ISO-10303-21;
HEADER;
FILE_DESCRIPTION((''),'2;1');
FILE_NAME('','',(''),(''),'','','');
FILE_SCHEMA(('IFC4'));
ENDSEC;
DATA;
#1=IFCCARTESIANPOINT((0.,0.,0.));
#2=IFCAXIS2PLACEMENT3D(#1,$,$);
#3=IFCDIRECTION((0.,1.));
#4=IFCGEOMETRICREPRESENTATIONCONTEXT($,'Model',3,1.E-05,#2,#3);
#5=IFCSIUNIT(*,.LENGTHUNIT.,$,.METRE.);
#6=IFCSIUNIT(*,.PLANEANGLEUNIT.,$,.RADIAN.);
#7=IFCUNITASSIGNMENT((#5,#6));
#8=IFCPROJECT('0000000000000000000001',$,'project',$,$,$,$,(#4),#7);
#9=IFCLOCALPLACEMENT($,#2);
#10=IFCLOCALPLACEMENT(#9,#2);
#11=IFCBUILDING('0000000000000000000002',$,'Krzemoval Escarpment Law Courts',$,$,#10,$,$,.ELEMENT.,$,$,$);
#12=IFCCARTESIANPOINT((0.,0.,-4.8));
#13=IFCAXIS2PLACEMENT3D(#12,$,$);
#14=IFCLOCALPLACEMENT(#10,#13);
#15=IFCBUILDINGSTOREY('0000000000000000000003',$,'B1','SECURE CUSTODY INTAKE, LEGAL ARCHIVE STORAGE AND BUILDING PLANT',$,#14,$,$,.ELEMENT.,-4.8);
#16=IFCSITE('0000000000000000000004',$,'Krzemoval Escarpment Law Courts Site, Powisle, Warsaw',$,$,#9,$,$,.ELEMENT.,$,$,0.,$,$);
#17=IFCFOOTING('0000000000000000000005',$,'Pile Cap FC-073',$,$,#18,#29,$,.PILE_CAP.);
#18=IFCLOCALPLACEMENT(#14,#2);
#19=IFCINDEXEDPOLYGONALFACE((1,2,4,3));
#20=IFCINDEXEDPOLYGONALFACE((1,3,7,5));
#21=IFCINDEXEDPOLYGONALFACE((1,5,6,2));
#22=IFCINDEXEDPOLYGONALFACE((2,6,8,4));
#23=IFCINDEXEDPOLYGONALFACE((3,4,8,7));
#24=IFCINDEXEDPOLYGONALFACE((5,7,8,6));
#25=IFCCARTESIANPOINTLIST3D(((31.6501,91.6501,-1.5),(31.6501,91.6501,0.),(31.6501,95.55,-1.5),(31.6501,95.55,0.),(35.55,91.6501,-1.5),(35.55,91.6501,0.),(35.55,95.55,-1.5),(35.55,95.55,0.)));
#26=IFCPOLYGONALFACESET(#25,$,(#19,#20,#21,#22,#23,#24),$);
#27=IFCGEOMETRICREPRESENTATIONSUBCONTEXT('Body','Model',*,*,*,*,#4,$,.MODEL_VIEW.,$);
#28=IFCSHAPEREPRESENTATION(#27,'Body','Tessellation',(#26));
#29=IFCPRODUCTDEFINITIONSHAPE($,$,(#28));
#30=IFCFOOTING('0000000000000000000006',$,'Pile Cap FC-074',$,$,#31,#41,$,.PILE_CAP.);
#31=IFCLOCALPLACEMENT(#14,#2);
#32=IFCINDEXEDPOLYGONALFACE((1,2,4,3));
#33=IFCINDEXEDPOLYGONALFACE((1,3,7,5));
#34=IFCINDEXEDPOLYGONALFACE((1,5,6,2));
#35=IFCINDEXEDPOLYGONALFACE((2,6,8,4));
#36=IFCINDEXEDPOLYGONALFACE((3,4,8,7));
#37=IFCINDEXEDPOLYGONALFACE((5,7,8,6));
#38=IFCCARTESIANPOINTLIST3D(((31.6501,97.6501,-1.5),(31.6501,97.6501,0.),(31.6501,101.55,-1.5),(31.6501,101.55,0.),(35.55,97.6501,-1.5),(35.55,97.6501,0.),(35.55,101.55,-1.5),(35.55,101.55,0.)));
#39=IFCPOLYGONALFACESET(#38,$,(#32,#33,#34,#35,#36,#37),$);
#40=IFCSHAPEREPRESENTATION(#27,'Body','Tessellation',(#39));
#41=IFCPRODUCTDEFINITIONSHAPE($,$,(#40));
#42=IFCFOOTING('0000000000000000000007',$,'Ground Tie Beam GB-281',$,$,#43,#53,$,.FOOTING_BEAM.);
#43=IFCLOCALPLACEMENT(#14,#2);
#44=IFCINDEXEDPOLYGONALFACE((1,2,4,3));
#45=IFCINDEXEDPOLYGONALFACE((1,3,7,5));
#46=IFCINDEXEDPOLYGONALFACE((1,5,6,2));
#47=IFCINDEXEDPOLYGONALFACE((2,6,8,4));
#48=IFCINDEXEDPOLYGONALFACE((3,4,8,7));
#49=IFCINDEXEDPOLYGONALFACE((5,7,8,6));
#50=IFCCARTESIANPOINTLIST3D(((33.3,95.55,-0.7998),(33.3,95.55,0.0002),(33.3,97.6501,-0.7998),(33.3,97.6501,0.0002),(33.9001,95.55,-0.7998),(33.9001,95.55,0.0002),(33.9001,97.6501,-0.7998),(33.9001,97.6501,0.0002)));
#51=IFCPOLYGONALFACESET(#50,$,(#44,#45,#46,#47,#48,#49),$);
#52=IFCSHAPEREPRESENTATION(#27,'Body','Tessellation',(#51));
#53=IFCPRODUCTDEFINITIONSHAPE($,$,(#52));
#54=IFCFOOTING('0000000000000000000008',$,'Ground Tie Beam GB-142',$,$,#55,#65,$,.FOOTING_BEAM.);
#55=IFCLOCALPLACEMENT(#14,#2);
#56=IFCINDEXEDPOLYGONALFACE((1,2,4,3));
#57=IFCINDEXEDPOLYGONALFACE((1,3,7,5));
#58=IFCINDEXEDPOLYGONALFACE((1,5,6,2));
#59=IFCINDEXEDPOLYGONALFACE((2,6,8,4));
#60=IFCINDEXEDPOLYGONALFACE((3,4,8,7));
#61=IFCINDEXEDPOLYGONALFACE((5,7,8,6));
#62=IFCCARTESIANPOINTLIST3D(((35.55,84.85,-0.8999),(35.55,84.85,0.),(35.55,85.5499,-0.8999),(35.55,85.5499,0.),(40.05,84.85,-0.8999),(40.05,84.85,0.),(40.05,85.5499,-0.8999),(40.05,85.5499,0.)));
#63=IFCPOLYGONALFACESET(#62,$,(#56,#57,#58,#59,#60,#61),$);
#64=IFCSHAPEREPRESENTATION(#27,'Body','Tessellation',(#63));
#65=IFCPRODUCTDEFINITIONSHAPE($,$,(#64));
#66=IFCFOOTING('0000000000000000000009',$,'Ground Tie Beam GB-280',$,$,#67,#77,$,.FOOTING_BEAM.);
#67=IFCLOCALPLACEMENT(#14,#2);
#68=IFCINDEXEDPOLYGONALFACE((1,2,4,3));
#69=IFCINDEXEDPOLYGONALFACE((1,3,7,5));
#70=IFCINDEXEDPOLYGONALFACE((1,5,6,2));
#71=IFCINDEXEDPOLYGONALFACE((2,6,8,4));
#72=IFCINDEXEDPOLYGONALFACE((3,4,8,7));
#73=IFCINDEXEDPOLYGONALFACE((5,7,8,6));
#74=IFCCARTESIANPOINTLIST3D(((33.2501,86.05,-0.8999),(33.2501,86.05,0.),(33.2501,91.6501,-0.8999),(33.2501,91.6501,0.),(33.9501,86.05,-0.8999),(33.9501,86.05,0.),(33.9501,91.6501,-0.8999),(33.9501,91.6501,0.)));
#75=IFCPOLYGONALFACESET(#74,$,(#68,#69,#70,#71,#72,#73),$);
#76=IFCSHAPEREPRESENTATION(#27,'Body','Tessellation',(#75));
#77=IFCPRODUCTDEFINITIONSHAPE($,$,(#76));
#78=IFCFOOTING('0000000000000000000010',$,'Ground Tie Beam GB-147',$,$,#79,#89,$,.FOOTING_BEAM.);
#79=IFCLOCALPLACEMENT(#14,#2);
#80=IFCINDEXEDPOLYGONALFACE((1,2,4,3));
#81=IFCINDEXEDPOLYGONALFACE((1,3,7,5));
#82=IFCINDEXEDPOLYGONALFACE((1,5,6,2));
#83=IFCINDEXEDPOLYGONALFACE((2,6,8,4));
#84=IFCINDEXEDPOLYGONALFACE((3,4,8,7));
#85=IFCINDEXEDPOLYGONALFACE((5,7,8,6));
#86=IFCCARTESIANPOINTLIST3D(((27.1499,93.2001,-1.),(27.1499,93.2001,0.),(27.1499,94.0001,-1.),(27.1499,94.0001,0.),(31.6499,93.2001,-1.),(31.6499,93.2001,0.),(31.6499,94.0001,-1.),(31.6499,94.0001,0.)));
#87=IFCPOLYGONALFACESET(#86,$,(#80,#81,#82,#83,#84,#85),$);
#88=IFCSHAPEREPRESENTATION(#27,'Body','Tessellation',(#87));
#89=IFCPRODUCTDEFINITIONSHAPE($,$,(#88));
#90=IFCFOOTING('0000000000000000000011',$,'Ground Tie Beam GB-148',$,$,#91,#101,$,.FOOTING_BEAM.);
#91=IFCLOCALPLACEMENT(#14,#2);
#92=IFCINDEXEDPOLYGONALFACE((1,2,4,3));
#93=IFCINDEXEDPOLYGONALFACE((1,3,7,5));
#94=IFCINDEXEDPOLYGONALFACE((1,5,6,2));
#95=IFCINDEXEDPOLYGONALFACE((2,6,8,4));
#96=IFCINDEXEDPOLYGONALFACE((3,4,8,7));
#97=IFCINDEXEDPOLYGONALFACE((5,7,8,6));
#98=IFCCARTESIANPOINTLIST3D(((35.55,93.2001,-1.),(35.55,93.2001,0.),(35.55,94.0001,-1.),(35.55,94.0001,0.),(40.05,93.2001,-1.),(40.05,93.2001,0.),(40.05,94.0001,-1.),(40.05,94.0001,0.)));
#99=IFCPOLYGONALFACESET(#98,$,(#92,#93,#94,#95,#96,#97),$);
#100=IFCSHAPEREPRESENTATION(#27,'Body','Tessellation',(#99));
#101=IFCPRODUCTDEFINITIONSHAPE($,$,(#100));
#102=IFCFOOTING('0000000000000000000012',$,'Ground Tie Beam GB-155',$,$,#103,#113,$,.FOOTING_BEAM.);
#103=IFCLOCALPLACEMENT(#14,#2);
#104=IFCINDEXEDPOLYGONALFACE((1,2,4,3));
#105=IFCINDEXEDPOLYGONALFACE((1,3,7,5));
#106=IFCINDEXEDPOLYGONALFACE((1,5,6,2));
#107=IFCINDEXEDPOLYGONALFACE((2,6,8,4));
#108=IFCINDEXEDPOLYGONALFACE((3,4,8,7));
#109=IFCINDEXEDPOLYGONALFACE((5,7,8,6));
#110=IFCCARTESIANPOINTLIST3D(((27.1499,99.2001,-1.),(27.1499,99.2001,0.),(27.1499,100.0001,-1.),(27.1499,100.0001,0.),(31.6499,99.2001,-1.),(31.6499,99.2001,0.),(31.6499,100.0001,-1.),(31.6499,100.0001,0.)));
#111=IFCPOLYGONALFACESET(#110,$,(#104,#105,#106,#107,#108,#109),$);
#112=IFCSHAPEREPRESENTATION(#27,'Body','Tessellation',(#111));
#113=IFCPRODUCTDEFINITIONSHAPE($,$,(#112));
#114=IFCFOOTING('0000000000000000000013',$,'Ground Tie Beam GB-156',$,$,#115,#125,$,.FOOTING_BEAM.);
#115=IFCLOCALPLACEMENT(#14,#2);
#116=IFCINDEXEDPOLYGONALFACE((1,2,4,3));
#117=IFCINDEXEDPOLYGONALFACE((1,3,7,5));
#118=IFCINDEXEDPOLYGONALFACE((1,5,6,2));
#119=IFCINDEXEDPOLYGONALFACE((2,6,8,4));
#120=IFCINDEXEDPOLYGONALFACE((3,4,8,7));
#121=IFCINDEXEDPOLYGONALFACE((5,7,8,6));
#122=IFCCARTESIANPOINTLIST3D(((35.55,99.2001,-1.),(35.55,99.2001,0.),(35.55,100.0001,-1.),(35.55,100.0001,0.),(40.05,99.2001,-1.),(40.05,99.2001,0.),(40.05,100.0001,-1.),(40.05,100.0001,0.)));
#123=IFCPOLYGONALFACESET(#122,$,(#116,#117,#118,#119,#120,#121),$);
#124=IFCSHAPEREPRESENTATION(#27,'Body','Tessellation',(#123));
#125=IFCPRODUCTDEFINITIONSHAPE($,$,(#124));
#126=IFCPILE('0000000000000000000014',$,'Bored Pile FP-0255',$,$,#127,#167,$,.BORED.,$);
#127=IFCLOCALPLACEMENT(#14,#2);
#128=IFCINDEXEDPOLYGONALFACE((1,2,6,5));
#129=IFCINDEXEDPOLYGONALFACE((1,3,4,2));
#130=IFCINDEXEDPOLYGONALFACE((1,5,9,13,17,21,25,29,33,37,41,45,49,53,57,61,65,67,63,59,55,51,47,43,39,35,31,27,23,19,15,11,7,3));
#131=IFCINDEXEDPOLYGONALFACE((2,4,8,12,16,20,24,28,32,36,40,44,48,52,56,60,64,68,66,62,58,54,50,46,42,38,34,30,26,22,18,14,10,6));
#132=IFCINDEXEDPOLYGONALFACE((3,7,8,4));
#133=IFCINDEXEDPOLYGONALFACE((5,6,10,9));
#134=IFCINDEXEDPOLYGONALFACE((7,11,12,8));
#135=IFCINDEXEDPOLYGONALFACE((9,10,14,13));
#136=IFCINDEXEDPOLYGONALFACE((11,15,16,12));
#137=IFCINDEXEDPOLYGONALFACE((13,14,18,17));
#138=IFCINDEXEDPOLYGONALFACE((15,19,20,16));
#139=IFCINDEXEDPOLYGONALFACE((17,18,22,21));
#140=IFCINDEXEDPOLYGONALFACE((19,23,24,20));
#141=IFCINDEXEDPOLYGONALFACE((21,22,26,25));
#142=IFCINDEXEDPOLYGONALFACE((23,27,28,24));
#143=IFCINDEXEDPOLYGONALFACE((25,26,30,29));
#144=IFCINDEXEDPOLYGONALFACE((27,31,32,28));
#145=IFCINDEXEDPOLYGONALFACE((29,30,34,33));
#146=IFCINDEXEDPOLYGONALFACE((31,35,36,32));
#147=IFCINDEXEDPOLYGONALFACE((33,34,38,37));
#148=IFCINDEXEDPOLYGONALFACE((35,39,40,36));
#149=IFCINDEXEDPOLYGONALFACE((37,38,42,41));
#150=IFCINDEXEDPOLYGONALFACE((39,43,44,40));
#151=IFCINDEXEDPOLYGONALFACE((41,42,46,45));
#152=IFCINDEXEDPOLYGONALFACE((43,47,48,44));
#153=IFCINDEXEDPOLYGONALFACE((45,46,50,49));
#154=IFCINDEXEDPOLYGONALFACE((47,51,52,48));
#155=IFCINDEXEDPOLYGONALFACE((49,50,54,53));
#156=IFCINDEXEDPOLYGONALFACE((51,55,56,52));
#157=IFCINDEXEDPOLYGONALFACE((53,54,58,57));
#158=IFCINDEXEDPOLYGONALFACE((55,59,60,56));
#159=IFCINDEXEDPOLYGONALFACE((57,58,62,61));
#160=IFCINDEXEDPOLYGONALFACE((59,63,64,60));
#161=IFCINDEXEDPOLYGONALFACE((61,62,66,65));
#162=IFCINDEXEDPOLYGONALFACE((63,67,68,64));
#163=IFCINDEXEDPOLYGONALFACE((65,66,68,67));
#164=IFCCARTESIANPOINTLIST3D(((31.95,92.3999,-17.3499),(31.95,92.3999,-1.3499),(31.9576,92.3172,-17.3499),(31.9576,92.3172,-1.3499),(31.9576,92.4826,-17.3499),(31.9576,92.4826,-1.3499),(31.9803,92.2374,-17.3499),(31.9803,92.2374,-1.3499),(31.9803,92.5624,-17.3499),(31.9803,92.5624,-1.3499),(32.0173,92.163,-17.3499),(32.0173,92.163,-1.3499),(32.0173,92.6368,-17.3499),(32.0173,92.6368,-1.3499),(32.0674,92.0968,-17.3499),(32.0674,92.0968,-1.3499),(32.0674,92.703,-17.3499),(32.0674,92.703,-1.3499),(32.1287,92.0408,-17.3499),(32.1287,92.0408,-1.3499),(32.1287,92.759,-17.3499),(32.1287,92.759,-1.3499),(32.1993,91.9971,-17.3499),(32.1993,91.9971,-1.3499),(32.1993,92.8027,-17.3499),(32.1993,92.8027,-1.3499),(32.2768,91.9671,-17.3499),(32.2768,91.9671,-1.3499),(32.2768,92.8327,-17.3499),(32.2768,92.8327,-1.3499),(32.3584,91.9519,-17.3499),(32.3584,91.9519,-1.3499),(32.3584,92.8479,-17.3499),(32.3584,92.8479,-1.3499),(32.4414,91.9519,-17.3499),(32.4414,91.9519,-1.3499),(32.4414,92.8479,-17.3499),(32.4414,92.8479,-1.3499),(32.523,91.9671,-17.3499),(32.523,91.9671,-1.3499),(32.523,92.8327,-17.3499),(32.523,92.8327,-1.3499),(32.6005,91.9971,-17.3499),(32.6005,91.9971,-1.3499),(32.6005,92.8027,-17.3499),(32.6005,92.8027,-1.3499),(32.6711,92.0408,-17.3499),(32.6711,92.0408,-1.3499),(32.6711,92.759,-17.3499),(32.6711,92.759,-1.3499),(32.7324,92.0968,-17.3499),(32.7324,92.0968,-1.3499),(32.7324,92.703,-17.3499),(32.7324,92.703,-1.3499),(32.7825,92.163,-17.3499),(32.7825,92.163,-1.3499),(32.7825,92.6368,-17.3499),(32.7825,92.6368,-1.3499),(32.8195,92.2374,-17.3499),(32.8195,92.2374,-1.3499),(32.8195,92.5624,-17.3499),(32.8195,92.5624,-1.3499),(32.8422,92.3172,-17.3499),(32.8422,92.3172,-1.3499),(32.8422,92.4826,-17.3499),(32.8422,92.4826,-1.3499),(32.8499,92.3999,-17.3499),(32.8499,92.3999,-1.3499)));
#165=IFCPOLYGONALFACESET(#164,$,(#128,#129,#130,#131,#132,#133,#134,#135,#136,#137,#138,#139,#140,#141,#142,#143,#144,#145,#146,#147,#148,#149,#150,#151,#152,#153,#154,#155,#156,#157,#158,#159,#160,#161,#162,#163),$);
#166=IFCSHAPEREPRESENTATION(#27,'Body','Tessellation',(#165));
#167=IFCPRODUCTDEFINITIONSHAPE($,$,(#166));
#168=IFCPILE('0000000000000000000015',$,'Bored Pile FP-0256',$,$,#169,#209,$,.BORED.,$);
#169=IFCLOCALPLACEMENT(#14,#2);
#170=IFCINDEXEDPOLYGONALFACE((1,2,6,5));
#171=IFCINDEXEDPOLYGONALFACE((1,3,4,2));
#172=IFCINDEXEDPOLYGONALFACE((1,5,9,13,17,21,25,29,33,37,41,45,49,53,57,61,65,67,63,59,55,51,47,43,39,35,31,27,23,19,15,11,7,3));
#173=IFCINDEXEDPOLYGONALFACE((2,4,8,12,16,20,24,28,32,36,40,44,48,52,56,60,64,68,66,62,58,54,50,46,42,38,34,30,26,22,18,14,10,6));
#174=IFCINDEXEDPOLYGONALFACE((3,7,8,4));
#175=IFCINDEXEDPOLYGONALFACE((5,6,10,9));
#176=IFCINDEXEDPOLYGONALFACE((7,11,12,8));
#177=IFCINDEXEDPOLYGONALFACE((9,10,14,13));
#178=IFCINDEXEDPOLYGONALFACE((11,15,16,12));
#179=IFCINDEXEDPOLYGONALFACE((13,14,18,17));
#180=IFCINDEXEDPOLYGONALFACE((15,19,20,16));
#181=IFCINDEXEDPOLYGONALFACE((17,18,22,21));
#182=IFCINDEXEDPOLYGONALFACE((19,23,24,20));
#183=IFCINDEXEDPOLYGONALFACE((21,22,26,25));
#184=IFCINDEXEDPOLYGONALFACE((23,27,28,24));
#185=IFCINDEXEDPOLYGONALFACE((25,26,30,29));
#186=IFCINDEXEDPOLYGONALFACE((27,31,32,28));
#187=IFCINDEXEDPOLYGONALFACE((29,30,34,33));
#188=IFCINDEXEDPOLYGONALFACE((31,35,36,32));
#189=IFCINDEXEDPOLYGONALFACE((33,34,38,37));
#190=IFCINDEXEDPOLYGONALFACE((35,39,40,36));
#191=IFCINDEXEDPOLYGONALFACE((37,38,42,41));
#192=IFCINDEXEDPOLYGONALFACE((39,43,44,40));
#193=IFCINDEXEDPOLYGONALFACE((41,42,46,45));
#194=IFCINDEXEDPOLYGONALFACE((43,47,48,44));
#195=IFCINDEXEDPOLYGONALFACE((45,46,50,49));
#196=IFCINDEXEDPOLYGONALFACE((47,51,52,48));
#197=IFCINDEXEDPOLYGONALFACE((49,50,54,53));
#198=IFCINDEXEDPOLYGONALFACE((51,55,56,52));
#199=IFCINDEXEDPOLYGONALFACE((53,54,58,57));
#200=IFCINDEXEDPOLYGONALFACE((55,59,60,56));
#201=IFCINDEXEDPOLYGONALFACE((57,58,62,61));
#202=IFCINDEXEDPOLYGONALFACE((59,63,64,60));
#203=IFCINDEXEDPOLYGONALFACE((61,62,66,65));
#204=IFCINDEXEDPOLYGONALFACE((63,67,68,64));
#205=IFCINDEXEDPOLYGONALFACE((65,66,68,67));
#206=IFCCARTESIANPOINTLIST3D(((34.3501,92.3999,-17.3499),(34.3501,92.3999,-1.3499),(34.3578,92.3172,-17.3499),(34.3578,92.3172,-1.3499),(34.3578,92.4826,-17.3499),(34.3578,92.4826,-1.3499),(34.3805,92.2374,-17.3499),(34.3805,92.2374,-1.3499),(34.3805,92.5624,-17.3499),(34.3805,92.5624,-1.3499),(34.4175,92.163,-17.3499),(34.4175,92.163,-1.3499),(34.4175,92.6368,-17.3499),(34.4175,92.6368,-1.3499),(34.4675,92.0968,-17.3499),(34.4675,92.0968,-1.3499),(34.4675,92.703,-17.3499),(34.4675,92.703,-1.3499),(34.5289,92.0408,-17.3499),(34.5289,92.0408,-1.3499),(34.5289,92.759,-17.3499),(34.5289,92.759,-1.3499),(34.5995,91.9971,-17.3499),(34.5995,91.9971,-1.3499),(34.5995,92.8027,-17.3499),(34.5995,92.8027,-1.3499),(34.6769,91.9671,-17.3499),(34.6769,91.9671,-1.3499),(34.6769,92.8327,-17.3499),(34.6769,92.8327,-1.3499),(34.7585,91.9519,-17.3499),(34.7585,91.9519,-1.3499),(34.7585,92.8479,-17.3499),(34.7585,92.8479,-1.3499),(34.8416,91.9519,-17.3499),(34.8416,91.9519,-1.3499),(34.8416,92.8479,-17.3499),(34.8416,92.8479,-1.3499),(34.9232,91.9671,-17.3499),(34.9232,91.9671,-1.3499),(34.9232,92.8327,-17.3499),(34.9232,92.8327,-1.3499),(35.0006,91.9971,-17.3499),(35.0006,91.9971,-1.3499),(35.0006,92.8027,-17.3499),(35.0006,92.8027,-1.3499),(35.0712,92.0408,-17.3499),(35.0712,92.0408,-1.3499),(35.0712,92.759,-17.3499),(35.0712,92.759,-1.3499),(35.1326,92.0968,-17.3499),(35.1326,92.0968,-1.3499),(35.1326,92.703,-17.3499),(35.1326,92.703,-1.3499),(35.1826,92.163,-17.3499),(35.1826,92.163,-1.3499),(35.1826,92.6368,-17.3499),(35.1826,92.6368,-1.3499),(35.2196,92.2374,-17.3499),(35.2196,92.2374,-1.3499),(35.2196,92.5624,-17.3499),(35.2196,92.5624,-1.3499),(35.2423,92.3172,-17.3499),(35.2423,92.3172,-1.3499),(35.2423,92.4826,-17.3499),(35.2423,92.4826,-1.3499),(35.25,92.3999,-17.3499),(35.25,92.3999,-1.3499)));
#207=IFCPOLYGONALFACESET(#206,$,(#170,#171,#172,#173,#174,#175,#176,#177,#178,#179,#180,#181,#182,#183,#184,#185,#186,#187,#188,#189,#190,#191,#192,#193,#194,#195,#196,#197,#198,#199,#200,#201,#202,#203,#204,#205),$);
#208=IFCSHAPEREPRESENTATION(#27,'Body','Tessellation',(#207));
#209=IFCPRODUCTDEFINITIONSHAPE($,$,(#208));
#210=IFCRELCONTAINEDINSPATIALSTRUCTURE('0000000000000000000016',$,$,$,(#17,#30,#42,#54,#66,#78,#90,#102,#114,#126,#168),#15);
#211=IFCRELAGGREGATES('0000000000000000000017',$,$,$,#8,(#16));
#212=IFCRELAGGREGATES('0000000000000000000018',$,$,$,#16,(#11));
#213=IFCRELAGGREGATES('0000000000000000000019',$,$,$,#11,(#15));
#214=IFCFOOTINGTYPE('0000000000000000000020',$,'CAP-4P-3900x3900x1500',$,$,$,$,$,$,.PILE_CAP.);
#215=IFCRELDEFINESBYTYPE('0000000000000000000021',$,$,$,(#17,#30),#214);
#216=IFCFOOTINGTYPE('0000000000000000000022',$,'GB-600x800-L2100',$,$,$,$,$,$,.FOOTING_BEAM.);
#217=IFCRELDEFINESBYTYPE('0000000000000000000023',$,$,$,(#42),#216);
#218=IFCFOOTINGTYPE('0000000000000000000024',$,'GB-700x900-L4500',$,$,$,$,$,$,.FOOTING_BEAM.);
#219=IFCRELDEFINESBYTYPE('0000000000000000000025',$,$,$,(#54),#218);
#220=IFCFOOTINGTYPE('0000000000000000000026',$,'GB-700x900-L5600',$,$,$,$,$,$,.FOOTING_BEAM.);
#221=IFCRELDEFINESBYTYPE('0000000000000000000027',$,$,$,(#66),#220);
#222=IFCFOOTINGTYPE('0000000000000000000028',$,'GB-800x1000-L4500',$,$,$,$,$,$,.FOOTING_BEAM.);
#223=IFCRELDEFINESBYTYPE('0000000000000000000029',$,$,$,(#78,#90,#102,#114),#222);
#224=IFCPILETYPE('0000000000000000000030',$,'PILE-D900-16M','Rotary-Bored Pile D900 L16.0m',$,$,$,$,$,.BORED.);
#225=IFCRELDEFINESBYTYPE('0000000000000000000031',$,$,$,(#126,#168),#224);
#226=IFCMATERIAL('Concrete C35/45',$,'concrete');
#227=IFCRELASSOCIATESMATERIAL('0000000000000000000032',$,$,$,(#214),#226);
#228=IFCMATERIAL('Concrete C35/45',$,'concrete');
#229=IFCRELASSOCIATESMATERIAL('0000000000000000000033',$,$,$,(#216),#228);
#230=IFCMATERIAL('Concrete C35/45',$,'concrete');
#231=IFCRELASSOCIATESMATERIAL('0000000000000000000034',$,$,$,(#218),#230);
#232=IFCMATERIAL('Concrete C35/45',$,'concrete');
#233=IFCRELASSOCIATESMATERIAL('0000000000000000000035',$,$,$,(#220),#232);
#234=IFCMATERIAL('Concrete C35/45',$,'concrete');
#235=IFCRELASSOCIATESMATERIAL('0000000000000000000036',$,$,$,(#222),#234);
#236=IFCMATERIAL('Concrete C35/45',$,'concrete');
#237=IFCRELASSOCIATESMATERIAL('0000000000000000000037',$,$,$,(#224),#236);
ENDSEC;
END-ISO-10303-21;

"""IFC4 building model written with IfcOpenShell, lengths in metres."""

from ifc_helpers import new_model, si_unit, direction, frame, origin, origin_2d, place, context, subcontext, project, spatial, rectangle, circle, extrude, material, material_profile, profile_set, type_object, element, save


model = new_model("IFC4")

# Units and contexts
model_context = context("Model", 3, precision=1e-05, world=origin(), true_north=direction((0.0, 1.0)))
body_context = subcontext(model_context, "Body", "Model", "MODEL_VIEW")
ifc_project = project(units=[si_unit("LENGTHUNIT", "METRE"), si_unit("PLANEANGLEUNIT", "RADIAN")], contexts=[model_context])

# Site, building, storey
site_placement = place(None, origin())
site = spatial("IfcSite", under=ifc_project, at=site_placement, Name="Krzemoval Escarpment Law Courts Site, Powisle, Warsaw", CompositionType="ELEMENT", RefElevation=0.0)
building_placement = place(site_placement, origin())
building = spatial("IfcBuilding", under=site, at=building_placement, Name="Krzemoval Escarpment Law Courts", CompositionType="ELEMENT")
storey_placement = place(building_placement, frame((0.0, 0.0, -4.8)))
storey = spatial("IfcBuildingStorey", under=building, at=storey_placement, Name="B1", Description="SECURE CUSTODY INTAKE, LEGAL ARCHIVE STORAGE AND BUILDING PLANT", CompositionType="ELEMENT", Elevation=-4.8)

# Footings
ifc_material_1 = material(Name="Concrete C35/45", Category="concrete")
footing_type_1 = type_object("IfcFootingType", Name="CAP-4P-3900x3900x1500", PredefinedType="PILE_CAP", material=ifc_material_1)
for number, where, z_axis, x_axis, name in (
    (1, (33.6001, 93.6001, -1.5), (0.0, 0.0, 1.0), (1.0, 0.0, 0.0), "Pile Cap FC-073"),
    (2, (33.6001, 99.6001, -1.5), (0.0, 0.0, 1.0), (1.0, 0.0, 0.0), "Pile Cap FC-074"),
):
    element("IfcFooting", number, at=place(storey_placement, frame(where, z_axis=z_axis, x_axis=x_axis)), inside=storey, type_object=footing_type_1, Name=name, PredefinedType="PILE_CAP", context=body_context, shape_type="SweptSolid", body=[
        extrude(rectangle(XDim=3.8999, YDim=3.8999, at=origin_2d()), origin(), (0.0, 0.0, 1.0), 1.5),
    ])
ifc_material_2 = material(Name="Concrete C35/45", Category="concrete")
footing_type_2 = type_object("IfcFootingType", Name="GB-600x800-L2100", PredefinedType="FOOTING_BEAM", material=ifc_material_2)
footing_1_placement = place(storey_placement, frame((33.6001, 96.6001, -0.7998), z_axis=(0.0, 0.0, 1.0), x_axis=(0.0, 1.0, 0.0)))
element("IfcFooting", 3, at=footing_1_placement, inside=storey, type_object=footing_type_2, Name="Ground Tie Beam GB-281", PredefinedType="FOOTING_BEAM", context=body_context, shape_type="SweptSolid", body=[
    extrude(rectangle(XDim=2.1001, YDim=0.6001, at=origin_2d()), origin(), (0.0, 0.0, 1.0), 0.8),
])
ifc_material_3 = material(Name="Concrete C35/45", Category="concrete")
footing_type_3 = type_object("IfcFootingType", Name="GB-700x900-L4500", PredefinedType="FOOTING_BEAM", material=ifc_material_3)
footing_2_placement = place(storey_placement, frame((37.8, 85.2, -0.8999), z_axis=(0.0, 0.0, 1.0), x_axis=(1.0, 0.0, 0.0)))
element("IfcFooting", 4, at=footing_2_placement, inside=storey, type_object=footing_type_3, Name="Ground Tie Beam GB-142", PredefinedType="FOOTING_BEAM", context=body_context, shape_type="SweptSolid", body=[
    extrude(rectangle(XDim=4.5, YDim=0.7, at=origin_2d()), origin(), (0.0, 0.0, 1.0), 0.8999),
])
ifc_material_4 = material(Name="Concrete C35/45", Category="concrete")
footing_type_4 = type_object("IfcFootingType", Name="GB-700x900-L5600", PredefinedType="FOOTING_BEAM", material=ifc_material_4)
footing_3_placement = place(storey_placement, frame((33.6001, 88.8501, -0.8999), z_axis=(0.0, 0.0, 1.0), x_axis=(0.0, 1.0, 0.0)))
element("IfcFooting", 5, at=footing_3_placement, inside=storey, type_object=footing_type_4, Name="Ground Tie Beam GB-280", PredefinedType="FOOTING_BEAM", context=body_context, shape_type="SweptSolid", body=[
    extrude(rectangle(XDim=5.6001, YDim=0.7, at=origin_2d()), origin(), (0.0, 0.0, 1.0), 0.8999),
])
ifc_material_5 = material(Name="Concrete C35/45", Category="concrete")
footing_type_5 = type_object("IfcFootingType", Name="GB-800x1000-L4500", PredefinedType="FOOTING_BEAM", material=ifc_material_5)
for number, where, z_axis, x_axis, name in (
    (6, (29.3999, 93.6001, -1.0), (0.0, 0.0, 1.0), (1.0, 0.0, 0.0), "Ground Tie Beam GB-147"),
    (7, (37.8, 93.6001, -1.0), (0.0, 0.0, 1.0), (1.0, 0.0, 0.0), "Ground Tie Beam GB-148"),
    (8, (29.3999, 99.6001, -1.0), (0.0, 0.0, 1.0), (1.0, 0.0, 0.0), "Ground Tie Beam GB-155"),
    (9, (37.8, 99.6001, -1.0), (0.0, 0.0, 1.0), (1.0, 0.0, 0.0), "Ground Tie Beam GB-156"),
):
    element("IfcFooting", number, at=place(storey_placement, frame(where, z_axis=z_axis, x_axis=x_axis)), inside=storey, type_object=footing_type_5, Name=name, PredefinedType="FOOTING_BEAM", context=body_context, shape_type="SweptSolid", body=[
        extrude(rectangle(XDim=4.5, YDim=0.8, at=origin_2d()), origin(), (0.0, 0.0, 1.0), 1.0),
    ])

# Piles
ifc_material_6 = material(Name="Concrete C35/45", Category="concrete")
ifc_material_profile_1 = material_profile(ifc_material_6, circle(Radius=0.45, at=origin_2d()), Name="PILE D900")
ifc_profile_set_1 = profile_set([ifc_material_profile_1], Name="Concrete C35/45")
pile_type = type_object("IfcPileType", Name="PILE-D900-16M", Description="Rotary-Bored Pile D900 L16.0m", PredefinedType="BORED", material=ifc_profile_set_1)
for number, where, z_axis, x_axis, name in (
    (10, (32.3999, 92.3999, -1.3499), (0.0, 0.0, -1.0), (1.0, 0.0, 0.0), "Bored Pile FP-0255"),
    (11, (34.8, 92.3999, -1.3499), (0.0, 0.0, -1.0), (1.0, 0.0, 0.0), "Bored Pile FP-0256"),
):
    element("IfcPile", number, at=place(storey_placement, frame(where, z_axis=z_axis, x_axis=x_axis)), inside=storey, type_object=pile_type, Name=name, PredefinedType="BORED", context=body_context, shape_type="SweptSolid", body=[
        extrude(circle(Radius=0.45, at=origin_2d()), origin(), (0.0, 0.0, 1.0), 16.0),
    ])

save(model, "model.ifc")
